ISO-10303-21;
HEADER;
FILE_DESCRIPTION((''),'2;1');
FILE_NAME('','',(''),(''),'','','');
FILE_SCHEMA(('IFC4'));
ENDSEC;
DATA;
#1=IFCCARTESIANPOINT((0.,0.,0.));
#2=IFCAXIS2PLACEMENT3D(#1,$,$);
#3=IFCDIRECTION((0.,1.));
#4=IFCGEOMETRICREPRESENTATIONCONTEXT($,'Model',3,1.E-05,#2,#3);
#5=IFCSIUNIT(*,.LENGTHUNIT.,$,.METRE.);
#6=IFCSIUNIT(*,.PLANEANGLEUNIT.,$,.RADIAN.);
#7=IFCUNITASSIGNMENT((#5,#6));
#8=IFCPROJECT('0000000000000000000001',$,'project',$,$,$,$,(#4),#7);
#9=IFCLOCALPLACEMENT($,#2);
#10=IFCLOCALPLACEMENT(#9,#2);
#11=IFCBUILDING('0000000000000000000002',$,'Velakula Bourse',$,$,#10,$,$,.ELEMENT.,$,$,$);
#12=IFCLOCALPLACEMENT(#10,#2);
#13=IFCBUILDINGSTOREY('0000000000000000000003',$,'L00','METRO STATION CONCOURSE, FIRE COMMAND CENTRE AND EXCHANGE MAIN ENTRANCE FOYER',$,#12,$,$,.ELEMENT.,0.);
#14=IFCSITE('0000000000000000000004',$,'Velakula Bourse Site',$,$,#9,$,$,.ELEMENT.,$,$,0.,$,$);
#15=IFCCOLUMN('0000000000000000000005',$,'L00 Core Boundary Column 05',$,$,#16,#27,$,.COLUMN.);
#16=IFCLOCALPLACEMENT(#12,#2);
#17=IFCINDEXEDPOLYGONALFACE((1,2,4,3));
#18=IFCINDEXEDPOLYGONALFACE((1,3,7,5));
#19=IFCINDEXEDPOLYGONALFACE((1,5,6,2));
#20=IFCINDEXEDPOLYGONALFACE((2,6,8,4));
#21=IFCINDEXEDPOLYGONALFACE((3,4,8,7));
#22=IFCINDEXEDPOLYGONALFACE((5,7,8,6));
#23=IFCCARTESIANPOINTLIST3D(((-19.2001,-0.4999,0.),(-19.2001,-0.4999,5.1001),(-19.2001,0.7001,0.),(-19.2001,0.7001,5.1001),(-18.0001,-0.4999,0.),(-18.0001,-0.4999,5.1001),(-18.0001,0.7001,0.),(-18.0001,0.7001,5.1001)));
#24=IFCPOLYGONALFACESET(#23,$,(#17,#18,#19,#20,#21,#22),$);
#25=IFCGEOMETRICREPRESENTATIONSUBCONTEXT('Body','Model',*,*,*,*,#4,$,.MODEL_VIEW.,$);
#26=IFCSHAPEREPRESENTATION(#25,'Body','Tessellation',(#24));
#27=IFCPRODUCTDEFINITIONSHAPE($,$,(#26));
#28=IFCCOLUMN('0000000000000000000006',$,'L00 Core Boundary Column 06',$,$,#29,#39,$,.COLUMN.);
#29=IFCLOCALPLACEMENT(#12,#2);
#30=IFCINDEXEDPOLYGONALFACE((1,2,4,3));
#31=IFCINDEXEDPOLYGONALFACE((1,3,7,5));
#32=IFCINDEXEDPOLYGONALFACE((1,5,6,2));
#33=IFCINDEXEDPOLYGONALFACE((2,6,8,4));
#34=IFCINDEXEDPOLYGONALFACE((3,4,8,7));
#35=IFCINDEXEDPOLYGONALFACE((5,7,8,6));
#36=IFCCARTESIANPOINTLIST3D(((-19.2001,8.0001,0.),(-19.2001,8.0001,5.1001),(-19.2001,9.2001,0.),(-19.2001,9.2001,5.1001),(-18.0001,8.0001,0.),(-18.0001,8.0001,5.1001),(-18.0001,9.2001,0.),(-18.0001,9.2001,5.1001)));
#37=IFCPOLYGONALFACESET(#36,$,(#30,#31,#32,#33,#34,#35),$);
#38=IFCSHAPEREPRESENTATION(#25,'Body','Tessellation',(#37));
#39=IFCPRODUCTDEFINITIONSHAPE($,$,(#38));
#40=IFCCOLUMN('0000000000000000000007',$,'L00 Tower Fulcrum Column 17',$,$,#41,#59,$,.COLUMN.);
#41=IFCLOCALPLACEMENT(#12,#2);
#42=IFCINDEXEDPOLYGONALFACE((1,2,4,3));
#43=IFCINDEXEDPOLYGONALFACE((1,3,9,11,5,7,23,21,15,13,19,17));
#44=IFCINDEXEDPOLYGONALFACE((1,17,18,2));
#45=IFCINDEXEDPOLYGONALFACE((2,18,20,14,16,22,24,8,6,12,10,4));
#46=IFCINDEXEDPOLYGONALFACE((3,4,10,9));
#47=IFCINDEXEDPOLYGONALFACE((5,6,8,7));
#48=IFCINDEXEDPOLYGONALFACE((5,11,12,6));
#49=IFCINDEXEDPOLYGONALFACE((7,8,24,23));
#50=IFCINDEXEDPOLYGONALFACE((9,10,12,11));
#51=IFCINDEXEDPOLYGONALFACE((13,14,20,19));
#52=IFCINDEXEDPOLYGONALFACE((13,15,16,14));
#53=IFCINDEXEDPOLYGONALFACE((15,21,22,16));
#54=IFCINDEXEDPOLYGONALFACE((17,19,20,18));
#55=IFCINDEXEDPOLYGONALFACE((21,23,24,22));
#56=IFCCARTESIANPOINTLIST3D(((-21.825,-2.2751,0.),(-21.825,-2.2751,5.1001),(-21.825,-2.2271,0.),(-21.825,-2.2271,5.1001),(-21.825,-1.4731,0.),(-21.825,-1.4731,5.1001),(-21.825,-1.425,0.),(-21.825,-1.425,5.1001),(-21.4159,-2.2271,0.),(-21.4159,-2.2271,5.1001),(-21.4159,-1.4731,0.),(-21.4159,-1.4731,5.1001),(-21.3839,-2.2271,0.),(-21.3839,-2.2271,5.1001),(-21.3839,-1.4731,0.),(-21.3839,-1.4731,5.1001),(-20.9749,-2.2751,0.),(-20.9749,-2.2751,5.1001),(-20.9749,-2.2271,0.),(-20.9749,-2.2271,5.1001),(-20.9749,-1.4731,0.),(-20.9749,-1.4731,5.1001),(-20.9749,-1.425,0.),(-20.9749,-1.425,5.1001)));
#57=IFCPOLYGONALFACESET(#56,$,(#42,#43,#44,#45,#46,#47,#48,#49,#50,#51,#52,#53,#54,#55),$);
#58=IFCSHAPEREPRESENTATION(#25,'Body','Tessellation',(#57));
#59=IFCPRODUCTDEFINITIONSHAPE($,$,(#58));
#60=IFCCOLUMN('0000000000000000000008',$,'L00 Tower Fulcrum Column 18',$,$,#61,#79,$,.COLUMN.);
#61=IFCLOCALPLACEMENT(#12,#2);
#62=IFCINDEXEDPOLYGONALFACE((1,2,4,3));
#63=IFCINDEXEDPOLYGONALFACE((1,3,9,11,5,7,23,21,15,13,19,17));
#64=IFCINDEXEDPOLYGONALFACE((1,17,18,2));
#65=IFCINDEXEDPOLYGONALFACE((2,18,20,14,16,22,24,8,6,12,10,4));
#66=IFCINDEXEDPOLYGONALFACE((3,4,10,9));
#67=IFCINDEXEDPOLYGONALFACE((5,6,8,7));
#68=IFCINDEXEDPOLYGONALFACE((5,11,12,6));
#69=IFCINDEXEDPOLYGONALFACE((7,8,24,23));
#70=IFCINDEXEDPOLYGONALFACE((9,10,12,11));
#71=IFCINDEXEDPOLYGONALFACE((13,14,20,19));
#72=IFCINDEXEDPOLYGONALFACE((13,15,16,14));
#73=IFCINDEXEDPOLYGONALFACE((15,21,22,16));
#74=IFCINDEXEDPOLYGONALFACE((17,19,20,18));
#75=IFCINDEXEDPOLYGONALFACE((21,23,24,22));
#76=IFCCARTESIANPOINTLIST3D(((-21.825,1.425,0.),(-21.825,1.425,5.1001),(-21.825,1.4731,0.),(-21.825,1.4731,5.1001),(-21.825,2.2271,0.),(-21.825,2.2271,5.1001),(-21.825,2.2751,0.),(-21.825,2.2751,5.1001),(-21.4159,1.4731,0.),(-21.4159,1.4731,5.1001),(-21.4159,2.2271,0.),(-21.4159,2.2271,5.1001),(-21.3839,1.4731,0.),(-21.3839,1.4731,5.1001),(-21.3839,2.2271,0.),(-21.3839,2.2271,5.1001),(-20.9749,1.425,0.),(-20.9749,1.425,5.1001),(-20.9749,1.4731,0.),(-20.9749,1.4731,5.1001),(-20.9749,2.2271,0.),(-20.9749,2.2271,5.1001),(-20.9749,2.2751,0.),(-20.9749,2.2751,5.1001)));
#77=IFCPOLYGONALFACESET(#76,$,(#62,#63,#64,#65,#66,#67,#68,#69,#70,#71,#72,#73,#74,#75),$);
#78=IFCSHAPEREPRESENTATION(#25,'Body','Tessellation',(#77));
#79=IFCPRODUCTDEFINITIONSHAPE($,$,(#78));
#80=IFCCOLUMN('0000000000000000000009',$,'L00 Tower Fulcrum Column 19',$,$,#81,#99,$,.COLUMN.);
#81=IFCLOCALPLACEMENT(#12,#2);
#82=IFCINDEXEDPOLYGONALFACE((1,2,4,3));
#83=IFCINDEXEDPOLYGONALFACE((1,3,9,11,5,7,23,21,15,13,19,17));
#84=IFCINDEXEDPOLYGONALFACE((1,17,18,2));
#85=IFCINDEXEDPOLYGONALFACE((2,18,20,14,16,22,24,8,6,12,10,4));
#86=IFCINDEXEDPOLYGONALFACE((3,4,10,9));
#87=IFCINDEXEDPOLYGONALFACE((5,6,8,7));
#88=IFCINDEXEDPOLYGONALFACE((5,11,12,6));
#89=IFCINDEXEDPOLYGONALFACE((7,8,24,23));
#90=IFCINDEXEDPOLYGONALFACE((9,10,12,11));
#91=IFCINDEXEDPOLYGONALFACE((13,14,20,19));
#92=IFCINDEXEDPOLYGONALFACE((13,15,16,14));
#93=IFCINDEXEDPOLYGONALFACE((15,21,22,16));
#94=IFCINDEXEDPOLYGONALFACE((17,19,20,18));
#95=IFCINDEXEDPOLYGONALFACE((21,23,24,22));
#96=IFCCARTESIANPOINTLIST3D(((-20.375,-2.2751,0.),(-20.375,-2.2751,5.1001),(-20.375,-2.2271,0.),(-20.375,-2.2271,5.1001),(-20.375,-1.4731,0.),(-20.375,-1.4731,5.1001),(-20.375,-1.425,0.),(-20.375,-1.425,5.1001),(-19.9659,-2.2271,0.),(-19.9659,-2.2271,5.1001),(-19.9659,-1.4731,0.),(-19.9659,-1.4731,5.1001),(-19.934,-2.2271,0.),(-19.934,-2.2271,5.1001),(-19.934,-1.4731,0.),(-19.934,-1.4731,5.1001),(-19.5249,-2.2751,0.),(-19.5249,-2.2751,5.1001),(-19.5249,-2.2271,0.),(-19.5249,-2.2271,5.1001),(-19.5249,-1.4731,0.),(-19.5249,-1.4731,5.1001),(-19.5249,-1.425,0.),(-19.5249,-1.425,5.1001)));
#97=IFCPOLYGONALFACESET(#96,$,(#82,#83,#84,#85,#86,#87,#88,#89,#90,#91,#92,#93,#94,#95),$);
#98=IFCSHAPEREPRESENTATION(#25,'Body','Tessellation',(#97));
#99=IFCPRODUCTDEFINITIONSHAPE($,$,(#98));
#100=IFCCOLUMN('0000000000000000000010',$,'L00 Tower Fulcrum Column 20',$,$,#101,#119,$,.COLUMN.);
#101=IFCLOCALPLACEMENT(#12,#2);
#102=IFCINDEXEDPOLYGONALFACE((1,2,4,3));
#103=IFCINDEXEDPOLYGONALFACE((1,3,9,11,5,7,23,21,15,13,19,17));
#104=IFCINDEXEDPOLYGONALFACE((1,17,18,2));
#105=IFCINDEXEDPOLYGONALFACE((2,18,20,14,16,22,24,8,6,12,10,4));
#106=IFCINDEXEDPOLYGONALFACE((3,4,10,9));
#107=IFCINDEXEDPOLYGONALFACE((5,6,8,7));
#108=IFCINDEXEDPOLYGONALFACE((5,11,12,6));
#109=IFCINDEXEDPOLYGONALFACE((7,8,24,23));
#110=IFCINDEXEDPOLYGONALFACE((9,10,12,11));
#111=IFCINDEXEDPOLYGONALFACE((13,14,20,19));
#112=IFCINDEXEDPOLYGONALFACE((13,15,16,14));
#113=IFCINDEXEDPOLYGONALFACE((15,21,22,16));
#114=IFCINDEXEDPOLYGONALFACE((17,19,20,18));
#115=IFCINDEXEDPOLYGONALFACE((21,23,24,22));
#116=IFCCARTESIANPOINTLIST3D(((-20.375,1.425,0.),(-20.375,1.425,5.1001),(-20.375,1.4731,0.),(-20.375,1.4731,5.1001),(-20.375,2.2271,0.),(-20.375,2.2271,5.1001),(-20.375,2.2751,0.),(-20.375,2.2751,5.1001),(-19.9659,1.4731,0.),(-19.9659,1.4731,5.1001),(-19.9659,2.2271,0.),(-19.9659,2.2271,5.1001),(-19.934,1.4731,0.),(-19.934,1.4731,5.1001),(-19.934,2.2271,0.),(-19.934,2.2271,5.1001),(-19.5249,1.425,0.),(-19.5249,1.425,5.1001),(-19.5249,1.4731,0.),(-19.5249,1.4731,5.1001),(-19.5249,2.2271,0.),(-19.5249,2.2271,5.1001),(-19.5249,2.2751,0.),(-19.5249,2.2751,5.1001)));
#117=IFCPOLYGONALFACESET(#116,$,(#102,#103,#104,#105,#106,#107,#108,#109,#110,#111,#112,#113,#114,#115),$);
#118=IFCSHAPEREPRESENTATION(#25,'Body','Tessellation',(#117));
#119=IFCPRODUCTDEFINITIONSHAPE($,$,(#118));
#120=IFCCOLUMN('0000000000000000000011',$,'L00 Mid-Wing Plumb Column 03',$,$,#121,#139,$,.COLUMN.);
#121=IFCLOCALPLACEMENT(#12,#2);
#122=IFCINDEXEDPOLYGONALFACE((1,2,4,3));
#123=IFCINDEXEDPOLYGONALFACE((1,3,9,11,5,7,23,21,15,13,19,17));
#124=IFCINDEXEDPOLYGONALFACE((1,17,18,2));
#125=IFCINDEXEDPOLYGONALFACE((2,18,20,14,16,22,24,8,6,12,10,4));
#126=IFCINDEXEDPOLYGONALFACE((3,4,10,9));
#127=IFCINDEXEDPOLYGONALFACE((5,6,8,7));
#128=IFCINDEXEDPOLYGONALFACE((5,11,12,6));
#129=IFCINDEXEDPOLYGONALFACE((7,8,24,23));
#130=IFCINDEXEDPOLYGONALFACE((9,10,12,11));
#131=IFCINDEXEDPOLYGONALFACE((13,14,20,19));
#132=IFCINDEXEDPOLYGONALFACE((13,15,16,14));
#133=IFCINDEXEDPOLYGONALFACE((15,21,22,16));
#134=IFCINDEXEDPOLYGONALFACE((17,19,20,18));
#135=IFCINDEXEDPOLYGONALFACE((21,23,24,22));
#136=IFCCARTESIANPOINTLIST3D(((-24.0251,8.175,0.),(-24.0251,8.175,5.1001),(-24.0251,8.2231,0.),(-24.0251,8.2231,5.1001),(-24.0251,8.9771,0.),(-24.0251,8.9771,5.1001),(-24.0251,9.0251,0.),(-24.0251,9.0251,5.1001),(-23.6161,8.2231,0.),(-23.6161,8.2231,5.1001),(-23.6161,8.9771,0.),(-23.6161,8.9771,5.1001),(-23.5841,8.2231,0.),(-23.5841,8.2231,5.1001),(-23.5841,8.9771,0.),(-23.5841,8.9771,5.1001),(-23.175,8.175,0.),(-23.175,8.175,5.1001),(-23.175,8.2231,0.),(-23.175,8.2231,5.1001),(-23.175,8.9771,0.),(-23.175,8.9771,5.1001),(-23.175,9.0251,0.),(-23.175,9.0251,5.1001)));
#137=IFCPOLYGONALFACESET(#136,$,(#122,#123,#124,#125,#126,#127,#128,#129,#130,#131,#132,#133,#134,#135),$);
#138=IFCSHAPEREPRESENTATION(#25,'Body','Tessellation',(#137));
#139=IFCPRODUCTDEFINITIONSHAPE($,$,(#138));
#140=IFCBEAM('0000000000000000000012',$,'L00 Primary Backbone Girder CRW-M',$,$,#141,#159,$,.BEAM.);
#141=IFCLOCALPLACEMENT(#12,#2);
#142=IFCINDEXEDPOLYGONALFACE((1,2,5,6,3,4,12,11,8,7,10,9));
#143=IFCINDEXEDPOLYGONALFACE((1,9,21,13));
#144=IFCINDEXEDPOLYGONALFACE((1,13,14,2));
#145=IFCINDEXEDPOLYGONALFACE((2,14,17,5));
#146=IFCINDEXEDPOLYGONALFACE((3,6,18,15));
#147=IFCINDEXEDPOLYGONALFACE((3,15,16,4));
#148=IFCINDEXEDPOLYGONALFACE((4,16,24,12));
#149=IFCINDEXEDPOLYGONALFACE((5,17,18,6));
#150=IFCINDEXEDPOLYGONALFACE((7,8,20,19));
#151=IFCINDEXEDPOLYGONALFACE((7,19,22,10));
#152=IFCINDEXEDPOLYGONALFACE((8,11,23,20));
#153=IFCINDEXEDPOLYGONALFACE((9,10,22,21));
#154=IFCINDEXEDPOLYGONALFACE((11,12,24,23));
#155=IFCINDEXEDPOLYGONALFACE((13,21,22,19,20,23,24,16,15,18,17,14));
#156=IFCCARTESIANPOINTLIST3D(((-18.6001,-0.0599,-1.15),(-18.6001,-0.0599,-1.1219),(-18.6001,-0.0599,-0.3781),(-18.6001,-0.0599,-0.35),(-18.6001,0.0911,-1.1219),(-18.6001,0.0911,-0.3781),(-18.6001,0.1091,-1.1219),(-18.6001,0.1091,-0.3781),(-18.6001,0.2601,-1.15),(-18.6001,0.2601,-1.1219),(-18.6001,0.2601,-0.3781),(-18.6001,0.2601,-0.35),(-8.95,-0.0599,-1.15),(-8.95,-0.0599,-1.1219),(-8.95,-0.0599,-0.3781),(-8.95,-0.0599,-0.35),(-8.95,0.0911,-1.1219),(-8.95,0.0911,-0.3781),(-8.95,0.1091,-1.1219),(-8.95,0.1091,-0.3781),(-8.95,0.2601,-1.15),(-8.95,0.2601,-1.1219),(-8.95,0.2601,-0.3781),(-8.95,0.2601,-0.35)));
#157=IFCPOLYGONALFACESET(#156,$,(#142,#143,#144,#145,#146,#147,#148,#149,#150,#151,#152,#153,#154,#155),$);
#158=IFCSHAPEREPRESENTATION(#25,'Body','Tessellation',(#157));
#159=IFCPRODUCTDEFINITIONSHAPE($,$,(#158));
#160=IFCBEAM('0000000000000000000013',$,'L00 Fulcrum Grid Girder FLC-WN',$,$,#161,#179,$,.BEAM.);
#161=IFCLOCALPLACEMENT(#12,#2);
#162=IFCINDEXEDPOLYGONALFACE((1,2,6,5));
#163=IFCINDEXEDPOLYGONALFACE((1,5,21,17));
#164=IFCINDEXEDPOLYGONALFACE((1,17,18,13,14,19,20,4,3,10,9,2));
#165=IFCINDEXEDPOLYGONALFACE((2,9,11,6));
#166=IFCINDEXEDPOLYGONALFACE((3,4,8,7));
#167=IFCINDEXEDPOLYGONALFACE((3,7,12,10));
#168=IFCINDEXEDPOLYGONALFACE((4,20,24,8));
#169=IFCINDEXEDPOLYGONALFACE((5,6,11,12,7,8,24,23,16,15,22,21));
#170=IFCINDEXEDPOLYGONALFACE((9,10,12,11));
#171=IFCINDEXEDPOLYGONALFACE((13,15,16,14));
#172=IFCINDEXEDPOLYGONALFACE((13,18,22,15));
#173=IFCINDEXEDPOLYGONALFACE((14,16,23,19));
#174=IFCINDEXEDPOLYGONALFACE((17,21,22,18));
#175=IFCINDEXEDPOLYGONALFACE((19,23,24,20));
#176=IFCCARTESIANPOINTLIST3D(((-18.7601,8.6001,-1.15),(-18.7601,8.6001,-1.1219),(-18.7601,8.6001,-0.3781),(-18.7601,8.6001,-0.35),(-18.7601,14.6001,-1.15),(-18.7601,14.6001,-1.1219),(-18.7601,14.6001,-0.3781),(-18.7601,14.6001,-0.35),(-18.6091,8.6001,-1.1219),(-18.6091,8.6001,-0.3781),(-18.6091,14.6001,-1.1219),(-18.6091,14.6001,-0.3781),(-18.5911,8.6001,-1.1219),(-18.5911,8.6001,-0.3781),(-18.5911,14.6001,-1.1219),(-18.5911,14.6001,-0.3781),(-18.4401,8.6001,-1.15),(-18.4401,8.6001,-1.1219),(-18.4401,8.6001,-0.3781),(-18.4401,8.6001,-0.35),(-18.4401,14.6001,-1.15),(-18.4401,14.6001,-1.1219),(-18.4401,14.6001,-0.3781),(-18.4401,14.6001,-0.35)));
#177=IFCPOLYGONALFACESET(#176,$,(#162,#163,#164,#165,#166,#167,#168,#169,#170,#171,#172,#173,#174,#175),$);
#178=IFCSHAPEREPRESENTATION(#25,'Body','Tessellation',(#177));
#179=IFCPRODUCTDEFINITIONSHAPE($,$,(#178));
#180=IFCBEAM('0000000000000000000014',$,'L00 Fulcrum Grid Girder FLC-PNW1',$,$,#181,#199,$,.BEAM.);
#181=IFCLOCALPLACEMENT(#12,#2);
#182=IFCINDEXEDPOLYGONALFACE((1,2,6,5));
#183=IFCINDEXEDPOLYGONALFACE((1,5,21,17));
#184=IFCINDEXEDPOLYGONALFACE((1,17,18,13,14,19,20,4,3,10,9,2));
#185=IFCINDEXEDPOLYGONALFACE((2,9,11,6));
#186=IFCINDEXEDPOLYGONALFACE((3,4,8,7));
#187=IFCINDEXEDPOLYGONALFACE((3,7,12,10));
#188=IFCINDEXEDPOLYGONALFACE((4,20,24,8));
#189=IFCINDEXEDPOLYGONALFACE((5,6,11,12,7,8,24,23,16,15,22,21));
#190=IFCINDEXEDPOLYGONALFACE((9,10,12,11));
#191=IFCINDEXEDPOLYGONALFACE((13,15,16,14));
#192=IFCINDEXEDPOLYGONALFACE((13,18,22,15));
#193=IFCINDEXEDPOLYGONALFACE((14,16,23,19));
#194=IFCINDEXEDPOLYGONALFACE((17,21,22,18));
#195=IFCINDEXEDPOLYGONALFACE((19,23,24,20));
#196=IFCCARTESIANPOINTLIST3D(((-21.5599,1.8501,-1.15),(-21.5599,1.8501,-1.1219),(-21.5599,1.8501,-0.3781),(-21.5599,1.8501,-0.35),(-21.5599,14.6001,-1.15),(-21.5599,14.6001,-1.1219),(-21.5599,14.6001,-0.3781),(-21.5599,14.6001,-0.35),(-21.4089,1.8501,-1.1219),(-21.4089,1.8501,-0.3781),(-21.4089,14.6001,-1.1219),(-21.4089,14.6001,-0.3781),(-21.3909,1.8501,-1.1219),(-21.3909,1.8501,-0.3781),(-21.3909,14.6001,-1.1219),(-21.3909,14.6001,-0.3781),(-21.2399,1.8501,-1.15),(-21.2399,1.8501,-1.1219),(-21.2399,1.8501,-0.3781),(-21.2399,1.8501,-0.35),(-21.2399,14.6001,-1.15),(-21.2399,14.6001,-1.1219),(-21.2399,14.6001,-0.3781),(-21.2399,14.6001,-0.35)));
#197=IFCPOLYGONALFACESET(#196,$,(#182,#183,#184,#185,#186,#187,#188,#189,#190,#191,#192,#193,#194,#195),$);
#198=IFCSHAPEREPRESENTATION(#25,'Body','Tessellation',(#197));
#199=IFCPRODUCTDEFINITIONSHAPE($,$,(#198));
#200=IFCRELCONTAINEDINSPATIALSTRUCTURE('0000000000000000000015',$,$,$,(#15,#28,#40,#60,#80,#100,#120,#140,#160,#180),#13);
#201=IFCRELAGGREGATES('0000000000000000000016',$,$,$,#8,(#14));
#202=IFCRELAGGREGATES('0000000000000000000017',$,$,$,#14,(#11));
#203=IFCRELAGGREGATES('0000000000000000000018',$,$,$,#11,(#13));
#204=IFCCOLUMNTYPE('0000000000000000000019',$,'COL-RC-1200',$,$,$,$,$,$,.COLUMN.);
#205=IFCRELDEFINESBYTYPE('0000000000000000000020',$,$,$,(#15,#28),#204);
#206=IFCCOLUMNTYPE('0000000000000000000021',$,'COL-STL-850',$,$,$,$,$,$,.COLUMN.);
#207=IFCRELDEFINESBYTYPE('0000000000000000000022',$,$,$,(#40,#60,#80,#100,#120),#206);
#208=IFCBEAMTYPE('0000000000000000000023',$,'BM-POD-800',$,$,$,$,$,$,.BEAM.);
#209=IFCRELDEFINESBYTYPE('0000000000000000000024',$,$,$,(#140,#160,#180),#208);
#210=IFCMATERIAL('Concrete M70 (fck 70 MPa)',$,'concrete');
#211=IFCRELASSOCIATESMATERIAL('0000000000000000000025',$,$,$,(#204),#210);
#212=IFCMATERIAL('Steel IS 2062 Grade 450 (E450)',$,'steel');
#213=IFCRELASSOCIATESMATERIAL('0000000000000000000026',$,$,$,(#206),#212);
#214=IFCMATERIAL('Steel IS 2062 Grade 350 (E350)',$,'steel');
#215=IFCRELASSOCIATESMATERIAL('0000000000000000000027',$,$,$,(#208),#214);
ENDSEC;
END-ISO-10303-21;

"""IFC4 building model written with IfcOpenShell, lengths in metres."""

from ifc_helpers import new_model, si_unit, direction, frame, origin, origin_2d, place, context, subcontext, project, spatial, rectangle, i_section, extrude, material, material_profile, profile_set, type_object, element, save


model = new_model("IFC4")

# Units and contexts
model_context = context("Model", 3, precision=1e-05, world=origin(), true_north=direction((0.0, 1.0)))
body_context = subcontext(model_context, "Body", "Model", "MODEL_VIEW")
ifc_project = project(units=[si_unit("LENGTHUNIT", "METRE"), si_unit("PLANEANGLEUNIT", "RADIAN")], contexts=[model_context])

# Site, building, storey
site_placement = place(None, origin())
site = spatial("IfcSite", under=ifc_project, at=site_placement, Name="Velakula Bourse Site", CompositionType="ELEMENT", RefElevation=0.0)
building_placement = place(site_placement, origin())
building = spatial("IfcBuilding", under=site, at=building_placement, Name="Velakula Bourse", CompositionType="ELEMENT")
storey_placement = place(building_placement, origin())
storey = spatial("IfcBuildingStorey", under=building, at=storey_placement, Name="L00", Description="METRO STATION CONCOURSE, FIRE COMMAND CENTRE AND EXCHANGE MAIN ENTRANCE FOYER", CompositionType="ELEMENT", Elevation=0.0)

# Columns
ifc_material_1 = material(Name="Concrete M70 (fck 70 MPa)", Category="concrete")
ifc_material_profile_1 = material_profile(ifc_material_1, rectangle(XDim=1.2, YDim=1.2, at=origin_2d()), Name="Concrete M70 (fck 70 MPa)")
ifc_profile_set_1 = profile_set([ifc_material_profile_1], Name="Concrete M70 (fck 70 MPa)")
column_type_1 = type_object("IfcColumnType", Name="COL-RC-1200", PredefinedType="COLUMN", material=ifc_profile_set_1)
for number, where, z_axis, x_axis, name in (
    (1, (-18.6001, 0.1001, 0.0), (0.0, 0.0, 1.0), (1.0, 0.0, 0.0), "L00 Core Boundary Column 05"),
    (2, (-18.6001, 8.6001, 0.0), (0.0, 0.0, 1.0), (1.0, 0.0, 0.0), "L00 Core Boundary Column 06"),
):
    element("IfcColumn", number, at=place(storey_placement, frame(where, z_axis=z_axis, x_axis=x_axis)), inside=storey, type_object=column_type_1, Name=name, PredefinedType="COLUMN", context=body_context, shape_type="SweptSolid", body=[
        extrude(rectangle(XDim=1.2, YDim=1.2, at=origin_2d()), origin(), (0.0, 0.0, 1.0), 5.1001),
    ])
ifc_material_2 = material(Name="Steel IS 2062 Grade 450 (E450)", Category="steel")
ifc_material_profile_2 = material_profile(ifc_material_2, i_section(OverallWidth=0.8501, OverallDepth=0.8501, WebThickness=0.032, FlangeThickness=0.0481, at=origin_2d()), Name="Steel IS 2062 Grade 450 (E450)")
ifc_profile_set_2 = profile_set([ifc_material_profile_2], Name="Steel IS 2062 Grade 450 (E450)")
column_type_2 = type_object("IfcColumnType", Name="COL-STL-850", PredefinedType="COLUMN", material=ifc_profile_set_2)
for number, where, z_axis, x_axis, name in (
    (3, (-21.3999, -1.8501, 0.0), (0.0, 0.0, 1.0), (1.0, 0.0, 0.0), "L00 Tower Fulcrum Column 17"),
    (4, (-21.3999, 1.8501, 0.0), (0.0, 0.0, 1.0), (1.0, 0.0, 0.0), "L00 Tower Fulcrum Column 18"),
    (5, (-19.95, -1.8501, 0.0), (0.0, 0.0, 1.0), (1.0, 0.0, 0.0), "L00 Tower Fulcrum Column 19"),
    (6, (-19.95, 1.8501, 0.0), (0.0, 0.0, 1.0), (1.0, 0.0, 0.0), "L00 Tower Fulcrum Column 20"),
    (7, (-23.6001, 8.6001, 0.0), (0.0, 0.0, 1.0), (1.0, 0.0, 0.0), "L00 Mid-Wing Plumb Column 03"),
):
    element("IfcColumn", number, at=place(storey_placement, frame(where, z_axis=z_axis, x_axis=x_axis)), inside=storey, type_object=column_type_2, Name=name, PredefinedType="COLUMN", context=body_context, shape_type="SweptSolid", body=[
        extrude(i_section(OverallWidth=0.8501, OverallDepth=0.8501, WebThickness=0.032, FlangeThickness=0.0481, at=origin_2d()), origin(), (0.0, 0.0, 1.0), 5.1001),
    ])

# Beams
ifc_material_3 = material(Name="Steel IS 2062 Grade 350 (E350)", Category="steel")
ifc_material_profile_3 = material_profile(ifc_material_3, i_section(OverallWidth=0.3201, OverallDepth=0.8, WebThickness=0.0181, FlangeThickness=0.0281, at=origin_2d()), Name="Steel IS 2062 Grade 350 (E350)")
ifc_profile_set_3 = profile_set([ifc_material_profile_3], Name="Steel IS 2062 Grade 350 (E350)")
beam_type_1 = type_object("IfcBeamType", Name="BM-POD-800", PredefinedType="BEAM", material=ifc_profile_set_3)
beam_1_placement = place(storey_placement, frame((-18.6001, 0.1001, -0.75), z_axis=(1.0, 0.0, 0.0), x_axis=(0.0, 1.0, 0.0)))
element("IfcBeam", 8, at=beam_1_placement, inside=storey, type_object=beam_type_1, Name="L00 Primary Backbone Girder CRW-M", PredefinedType="BEAM", context=body_context, shape_type="SweptSolid", body=[
    extrude(i_section(OverallWidth=0.3201, OverallDepth=0.8, WebThickness=0.0181, FlangeThickness=0.0281, at=origin_2d()), origin(), (0.0, 0.0, 1.0), 9.6501),
])
beam_2_placement = place(storey_placement, frame((-18.6001, 8.6001, -0.75), z_axis=(0.0, 1.0, 0.0), x_axis=(-1.0, 0.0, 0.0)))
element("IfcBeam", 9, at=beam_2_placement, inside=storey, type_object=beam_type_1, Name="L00 Fulcrum Grid Girder FLC-WN", PredefinedType="BEAM", context=body_context, shape_type="SweptSolid", body=[
    extrude(i_section(OverallWidth=0.3201, OverallDepth=0.8, WebThickness=0.0181, FlangeThickness=0.0281, at=origin_2d()), origin(), (0.0, 0.0, 1.0), 6.0),
])
for number, where, z_axis, x_axis, name in (
    (10, (-21.3999, 1.8501, -0.75), (0.0, 1.0, 0.0), (-1.0, 0.0, 0.0), "L00 Fulcrum Grid Girder FLC-PNW1"),
):
    element("IfcBeam", number, at=place(storey_placement, frame(where, z_axis=z_axis, x_axis=x_axis)), inside=storey, type_object=beam_type_1, Name=name, PredefinedType="BEAM", context=body_context, shape_type="SweptSolid", body=[
        extrude(i_section(OverallWidth=0.3201, OverallDepth=0.8, WebThickness=0.0181, FlangeThickness=0.0281, at=origin_2d()), origin(), (0.0, 0.0, 1.0), 12.75),
    ])

save(model, "model.ifc")
